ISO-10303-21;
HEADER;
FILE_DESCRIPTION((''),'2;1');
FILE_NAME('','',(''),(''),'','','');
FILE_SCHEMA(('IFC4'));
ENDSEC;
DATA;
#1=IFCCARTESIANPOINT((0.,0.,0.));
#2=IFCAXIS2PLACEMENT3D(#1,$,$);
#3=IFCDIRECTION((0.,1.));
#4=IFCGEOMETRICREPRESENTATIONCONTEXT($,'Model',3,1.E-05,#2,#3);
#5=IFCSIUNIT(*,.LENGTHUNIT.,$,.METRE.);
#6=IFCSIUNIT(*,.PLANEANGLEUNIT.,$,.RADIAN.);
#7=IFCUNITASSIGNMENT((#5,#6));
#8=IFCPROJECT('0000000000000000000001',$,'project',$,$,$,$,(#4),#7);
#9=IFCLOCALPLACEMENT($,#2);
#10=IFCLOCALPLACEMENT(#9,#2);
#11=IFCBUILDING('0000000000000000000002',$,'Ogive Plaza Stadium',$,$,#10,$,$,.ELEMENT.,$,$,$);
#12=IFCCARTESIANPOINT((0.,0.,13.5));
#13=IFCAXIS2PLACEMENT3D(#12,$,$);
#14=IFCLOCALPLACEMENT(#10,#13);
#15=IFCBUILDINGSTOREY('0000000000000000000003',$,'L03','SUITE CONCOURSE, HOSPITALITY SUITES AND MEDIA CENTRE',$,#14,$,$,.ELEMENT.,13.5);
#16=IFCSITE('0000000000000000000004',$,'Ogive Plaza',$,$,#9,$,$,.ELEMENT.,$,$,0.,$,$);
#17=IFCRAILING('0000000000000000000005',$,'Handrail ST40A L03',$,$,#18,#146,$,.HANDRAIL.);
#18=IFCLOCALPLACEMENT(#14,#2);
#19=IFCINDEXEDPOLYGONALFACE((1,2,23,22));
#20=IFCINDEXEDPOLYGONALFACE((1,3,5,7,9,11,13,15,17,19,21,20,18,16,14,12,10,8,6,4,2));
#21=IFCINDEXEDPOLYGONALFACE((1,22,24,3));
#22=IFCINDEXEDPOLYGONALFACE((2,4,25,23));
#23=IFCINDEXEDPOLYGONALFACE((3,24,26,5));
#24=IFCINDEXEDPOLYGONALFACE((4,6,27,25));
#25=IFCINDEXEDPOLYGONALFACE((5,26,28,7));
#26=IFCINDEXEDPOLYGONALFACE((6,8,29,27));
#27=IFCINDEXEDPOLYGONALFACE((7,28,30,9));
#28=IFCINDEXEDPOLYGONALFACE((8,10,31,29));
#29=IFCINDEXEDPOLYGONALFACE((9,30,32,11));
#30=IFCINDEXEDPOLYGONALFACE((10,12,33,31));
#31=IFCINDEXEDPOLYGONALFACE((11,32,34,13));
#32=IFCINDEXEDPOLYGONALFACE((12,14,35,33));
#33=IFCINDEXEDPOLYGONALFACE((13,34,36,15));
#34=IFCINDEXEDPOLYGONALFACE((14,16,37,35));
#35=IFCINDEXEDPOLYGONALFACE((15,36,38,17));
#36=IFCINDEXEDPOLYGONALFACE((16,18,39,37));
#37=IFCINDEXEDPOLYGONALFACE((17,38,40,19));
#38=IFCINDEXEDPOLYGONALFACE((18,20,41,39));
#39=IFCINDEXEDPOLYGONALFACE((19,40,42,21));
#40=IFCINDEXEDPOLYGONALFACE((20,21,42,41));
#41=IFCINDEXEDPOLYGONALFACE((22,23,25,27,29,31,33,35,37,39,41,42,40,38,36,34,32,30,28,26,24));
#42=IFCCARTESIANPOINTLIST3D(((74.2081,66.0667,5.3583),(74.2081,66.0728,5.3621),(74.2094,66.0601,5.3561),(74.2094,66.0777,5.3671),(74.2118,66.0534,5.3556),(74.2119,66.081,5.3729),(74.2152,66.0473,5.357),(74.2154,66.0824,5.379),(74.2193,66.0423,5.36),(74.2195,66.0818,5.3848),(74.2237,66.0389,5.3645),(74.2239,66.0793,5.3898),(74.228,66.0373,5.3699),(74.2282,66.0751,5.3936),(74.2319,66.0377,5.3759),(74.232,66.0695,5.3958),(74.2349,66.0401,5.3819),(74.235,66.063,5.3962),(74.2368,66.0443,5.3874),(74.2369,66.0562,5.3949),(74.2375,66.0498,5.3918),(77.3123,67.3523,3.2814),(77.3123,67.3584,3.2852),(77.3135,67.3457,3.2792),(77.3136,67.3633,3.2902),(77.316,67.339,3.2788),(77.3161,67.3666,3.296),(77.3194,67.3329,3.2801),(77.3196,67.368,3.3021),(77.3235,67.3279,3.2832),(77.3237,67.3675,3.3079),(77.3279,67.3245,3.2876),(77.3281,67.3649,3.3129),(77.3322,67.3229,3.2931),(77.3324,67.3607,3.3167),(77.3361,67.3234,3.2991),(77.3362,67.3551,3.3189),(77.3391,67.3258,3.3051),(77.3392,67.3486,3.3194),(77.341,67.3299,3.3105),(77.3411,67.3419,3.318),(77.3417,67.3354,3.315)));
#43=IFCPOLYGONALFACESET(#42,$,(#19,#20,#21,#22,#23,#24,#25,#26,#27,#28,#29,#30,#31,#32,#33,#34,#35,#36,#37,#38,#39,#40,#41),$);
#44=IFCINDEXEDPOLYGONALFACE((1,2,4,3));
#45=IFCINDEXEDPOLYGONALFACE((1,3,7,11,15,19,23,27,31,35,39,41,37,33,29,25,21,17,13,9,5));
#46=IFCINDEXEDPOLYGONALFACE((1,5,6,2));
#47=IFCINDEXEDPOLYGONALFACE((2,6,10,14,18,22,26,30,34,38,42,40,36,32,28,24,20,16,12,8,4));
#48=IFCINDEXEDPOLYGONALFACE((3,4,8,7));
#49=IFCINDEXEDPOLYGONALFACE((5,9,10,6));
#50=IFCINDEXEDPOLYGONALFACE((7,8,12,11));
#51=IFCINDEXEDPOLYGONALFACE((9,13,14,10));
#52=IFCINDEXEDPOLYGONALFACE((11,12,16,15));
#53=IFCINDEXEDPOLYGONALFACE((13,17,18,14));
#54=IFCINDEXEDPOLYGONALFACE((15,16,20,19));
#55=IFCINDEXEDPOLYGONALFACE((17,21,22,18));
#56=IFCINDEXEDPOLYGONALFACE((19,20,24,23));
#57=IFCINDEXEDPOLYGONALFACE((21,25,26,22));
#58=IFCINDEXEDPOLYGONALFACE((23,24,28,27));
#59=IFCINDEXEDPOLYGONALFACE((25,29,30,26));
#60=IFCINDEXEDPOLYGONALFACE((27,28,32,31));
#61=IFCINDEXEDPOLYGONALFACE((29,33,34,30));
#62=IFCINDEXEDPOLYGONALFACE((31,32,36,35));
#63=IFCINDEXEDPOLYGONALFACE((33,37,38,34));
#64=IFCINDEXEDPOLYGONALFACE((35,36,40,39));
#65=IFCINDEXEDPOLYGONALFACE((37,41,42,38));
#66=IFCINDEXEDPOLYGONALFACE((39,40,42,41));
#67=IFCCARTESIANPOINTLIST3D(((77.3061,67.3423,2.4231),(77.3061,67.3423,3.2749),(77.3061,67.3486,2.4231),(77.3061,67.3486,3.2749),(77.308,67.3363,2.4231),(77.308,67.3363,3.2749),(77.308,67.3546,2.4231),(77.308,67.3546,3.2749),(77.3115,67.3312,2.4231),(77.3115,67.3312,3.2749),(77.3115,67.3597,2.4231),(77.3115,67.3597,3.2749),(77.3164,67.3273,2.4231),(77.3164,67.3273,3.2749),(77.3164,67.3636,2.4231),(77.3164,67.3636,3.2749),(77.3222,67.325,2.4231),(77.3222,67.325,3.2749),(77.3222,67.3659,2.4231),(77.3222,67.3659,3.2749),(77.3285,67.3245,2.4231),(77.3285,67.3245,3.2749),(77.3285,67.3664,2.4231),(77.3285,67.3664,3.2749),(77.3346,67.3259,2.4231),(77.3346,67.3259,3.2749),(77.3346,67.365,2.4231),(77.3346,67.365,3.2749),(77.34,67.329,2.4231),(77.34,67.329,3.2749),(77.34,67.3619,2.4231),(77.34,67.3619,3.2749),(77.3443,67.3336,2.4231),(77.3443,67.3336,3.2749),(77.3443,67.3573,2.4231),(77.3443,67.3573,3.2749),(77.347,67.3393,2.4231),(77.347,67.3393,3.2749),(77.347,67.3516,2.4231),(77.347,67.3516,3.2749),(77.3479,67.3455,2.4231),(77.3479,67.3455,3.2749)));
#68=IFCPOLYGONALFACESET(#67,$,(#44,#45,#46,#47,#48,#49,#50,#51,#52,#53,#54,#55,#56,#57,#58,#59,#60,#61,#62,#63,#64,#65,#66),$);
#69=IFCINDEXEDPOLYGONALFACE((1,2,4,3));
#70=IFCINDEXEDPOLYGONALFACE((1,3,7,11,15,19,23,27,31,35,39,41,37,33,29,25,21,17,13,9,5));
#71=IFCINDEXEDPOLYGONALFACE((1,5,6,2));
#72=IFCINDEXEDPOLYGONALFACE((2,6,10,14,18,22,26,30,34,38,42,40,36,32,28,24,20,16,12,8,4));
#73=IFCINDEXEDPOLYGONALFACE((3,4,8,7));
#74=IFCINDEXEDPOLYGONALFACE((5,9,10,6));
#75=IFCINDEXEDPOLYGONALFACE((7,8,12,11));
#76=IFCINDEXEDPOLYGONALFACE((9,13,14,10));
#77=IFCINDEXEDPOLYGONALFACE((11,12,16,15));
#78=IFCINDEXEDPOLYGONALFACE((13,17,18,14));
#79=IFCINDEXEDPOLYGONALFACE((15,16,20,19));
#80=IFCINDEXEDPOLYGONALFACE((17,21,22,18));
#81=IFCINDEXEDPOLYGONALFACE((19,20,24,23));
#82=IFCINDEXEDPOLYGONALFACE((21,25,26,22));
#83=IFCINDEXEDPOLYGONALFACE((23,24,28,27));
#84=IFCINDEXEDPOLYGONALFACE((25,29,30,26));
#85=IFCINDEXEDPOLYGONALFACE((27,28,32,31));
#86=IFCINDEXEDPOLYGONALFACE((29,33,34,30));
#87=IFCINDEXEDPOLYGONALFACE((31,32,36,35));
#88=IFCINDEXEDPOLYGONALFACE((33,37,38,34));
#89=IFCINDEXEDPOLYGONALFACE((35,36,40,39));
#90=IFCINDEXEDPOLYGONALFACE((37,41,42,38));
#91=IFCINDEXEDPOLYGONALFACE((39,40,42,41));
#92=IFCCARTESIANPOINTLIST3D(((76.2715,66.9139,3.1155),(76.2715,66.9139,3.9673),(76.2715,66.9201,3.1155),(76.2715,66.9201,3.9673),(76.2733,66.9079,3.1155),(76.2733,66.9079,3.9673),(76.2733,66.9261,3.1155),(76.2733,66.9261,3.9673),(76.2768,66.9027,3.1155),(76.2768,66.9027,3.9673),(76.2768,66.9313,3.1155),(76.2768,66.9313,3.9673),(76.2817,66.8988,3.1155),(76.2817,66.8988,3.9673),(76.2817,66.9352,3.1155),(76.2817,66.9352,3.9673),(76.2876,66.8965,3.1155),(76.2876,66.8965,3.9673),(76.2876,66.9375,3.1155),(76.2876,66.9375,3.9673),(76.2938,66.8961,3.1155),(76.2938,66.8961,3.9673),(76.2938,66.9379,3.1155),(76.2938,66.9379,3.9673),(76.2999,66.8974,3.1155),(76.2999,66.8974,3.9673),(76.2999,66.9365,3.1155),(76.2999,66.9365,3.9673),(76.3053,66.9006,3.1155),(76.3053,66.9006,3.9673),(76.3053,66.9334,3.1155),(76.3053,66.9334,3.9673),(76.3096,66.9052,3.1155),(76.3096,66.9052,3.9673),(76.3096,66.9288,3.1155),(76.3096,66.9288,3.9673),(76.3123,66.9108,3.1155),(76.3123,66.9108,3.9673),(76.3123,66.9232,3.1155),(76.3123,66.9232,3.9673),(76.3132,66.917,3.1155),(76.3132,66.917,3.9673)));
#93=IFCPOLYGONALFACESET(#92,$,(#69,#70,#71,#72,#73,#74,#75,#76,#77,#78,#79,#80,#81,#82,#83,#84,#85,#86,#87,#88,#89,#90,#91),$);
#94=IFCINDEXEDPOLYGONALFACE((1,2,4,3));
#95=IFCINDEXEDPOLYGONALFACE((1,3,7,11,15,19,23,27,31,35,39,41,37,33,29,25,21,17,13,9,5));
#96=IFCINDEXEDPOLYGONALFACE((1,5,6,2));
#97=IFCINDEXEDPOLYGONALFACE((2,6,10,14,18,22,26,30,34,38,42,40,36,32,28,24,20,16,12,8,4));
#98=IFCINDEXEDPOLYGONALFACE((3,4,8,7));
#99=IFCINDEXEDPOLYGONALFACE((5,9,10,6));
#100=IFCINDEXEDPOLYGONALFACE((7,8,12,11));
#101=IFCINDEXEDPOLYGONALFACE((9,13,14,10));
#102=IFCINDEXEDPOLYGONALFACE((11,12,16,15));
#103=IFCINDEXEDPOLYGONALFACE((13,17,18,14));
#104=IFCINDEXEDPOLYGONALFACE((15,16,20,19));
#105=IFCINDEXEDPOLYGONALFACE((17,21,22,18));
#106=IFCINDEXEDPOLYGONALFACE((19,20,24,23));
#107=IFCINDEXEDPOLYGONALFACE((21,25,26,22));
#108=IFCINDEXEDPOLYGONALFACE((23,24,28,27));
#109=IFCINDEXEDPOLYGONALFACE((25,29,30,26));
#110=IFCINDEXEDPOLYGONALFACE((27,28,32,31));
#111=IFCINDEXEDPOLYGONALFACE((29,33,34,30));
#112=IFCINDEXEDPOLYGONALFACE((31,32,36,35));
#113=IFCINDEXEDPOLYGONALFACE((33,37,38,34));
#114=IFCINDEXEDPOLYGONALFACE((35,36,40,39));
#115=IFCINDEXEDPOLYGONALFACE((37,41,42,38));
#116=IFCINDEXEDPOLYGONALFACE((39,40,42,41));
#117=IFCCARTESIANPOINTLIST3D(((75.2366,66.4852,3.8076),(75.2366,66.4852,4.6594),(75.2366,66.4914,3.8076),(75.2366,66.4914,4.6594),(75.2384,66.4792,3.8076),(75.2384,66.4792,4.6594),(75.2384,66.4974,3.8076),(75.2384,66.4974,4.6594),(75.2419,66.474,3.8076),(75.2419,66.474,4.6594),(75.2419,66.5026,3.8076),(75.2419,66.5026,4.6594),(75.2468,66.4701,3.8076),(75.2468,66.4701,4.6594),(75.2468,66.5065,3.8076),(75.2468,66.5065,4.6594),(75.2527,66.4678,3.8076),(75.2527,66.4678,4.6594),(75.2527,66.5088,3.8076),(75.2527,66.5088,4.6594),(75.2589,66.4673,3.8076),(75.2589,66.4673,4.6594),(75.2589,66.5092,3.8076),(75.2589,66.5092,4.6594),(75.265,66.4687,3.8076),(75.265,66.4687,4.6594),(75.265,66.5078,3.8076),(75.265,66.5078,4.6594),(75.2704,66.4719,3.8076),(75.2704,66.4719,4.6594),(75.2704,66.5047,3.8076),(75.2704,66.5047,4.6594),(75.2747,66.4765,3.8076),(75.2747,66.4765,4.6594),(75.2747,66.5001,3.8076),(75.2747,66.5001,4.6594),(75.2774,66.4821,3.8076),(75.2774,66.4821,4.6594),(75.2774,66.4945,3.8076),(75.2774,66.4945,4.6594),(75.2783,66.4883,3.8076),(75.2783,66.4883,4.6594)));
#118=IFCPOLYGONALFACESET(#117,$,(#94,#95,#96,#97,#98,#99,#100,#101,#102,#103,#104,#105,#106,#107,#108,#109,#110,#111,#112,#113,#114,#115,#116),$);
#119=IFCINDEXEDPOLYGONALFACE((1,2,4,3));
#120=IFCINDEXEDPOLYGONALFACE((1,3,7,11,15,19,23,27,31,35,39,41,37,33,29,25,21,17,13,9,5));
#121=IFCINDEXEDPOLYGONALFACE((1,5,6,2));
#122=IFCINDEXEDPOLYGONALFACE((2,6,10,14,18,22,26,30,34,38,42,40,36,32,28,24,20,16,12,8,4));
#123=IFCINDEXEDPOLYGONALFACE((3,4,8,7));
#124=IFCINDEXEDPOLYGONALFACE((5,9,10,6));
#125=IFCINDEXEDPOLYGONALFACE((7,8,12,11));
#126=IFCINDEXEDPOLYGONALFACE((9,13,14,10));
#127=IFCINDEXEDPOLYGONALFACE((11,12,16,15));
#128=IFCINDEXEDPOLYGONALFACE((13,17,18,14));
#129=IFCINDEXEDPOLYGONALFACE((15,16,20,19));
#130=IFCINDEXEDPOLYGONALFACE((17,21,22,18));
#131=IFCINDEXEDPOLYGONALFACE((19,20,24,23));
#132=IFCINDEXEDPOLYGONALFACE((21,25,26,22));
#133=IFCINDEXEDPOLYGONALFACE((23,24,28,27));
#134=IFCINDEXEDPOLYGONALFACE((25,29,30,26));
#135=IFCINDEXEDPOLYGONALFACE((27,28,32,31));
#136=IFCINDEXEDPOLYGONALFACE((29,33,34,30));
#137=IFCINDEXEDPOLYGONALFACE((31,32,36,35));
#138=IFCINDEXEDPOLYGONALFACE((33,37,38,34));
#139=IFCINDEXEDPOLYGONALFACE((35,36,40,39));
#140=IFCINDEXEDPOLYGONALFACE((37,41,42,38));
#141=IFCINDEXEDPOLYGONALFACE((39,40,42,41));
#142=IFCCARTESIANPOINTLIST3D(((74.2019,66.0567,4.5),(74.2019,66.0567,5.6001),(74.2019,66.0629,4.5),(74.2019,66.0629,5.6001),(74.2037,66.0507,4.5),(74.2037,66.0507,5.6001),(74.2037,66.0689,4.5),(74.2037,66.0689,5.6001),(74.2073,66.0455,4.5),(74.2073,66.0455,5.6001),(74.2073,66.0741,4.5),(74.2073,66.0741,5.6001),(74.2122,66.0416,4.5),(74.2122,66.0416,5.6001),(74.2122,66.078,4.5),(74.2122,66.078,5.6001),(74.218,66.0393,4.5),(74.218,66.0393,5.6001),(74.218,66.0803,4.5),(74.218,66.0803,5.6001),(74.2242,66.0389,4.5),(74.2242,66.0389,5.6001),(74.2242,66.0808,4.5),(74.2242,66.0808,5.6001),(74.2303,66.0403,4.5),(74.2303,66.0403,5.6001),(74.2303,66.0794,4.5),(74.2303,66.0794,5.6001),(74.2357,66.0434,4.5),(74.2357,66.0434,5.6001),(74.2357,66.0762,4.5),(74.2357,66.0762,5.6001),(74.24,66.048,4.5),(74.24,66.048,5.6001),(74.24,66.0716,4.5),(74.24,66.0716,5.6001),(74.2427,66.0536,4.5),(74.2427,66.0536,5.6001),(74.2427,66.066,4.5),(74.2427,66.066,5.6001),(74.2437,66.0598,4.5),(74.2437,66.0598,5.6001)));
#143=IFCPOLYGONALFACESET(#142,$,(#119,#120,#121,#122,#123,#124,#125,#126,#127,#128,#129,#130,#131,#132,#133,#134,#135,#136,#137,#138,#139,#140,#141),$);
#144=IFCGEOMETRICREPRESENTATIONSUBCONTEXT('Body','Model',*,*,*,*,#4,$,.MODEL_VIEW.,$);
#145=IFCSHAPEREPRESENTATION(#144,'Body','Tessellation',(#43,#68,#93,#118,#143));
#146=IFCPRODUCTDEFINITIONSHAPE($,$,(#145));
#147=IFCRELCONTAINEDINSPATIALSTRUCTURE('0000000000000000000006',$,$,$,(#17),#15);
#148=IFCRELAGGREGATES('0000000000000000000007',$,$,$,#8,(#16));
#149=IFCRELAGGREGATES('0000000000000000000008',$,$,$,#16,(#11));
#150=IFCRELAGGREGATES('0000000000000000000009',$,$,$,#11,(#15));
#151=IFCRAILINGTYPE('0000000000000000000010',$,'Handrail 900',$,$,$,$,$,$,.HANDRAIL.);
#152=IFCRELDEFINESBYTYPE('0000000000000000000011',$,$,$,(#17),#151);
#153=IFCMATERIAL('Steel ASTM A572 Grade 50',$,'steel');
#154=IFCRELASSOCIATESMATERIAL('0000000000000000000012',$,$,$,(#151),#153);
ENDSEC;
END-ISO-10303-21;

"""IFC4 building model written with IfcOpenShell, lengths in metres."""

from ifc_helpers import new_model, si_unit, direction, frame, origin, origin_2d, place, context, subcontext, project, spatial, circle, extrude, material, type_object, element, save


model = new_model("IFC4")

# Units and contexts
model_context = context("Model", 3, precision=1e-05, world=origin(), true_north=direction((0.0, 1.0)))
body_context = subcontext(model_context, "Body", "Model", "MODEL_VIEW")
ifc_project = project(units=[si_unit("LENGTHUNIT", "METRE"), si_unit("PLANEANGLEUNIT", "RADIAN")], contexts=[model_context])

# Site, building, storey
site_placement = place(None, origin())
site = spatial("IfcSite", under=ifc_project, at=site_placement, Name="Ogive Plaza", CompositionType="ELEMENT", RefElevation=0.0)
building_placement = place(site_placement, origin())
building = spatial("IfcBuilding", under=site, at=building_placement, Name="Ogive Plaza Stadium", CompositionType="ELEMENT")
storey_placement = place(building_placement, frame((0.0, 0.0, 13.5)))
storey = spatial("IfcBuildingStorey", under=building, at=storey_placement, Name="L03", Description="SUITE CONCOURSE, HOSPITALITY SUITES AND MEDIA CENTRE", CompositionType="ELEMENT", Elevation=13.5)

# Railing
ifc_material_1 = material(Name="Steel ASTM A572 Grade 50", Category="steel")
railing_type_1 = type_object("IfcRailingType", Name="Handrail 900", PredefinedType="HANDRAIL", material=ifc_material_1)
railing_1_placement = place(storey_placement, frame((77.3269, 67.3455, 2.4231)))
element("IfcRailing", 1, at=railing_1_placement, inside=storey, type_object=railing_type_1, Name="Handrail ST40A L03", PredefinedType="HANDRAIL", context=body_context, shape_type="SweptSolid", body=[
    extrude(circle(Radius=0.0239, at=origin_2d()), frame((0.0, 0.0, 0.876), z_axis=(-0.785879, -0.325477, 0.525794), x_axis=(0.382638, -0.923898, 0.0)), (0.0, 0.0, 1.0), 3.95),
    extrude(circle(Radius=0.021, at=origin_2d()), origin(), (0.0, 0.0, 1.0), 0.8518),
    extrude(circle(Radius=0.021, at=origin_2d()), frame((-1.0347, -0.4285, 0.6924)), (0.0, 0.0, 1.0), 0.8518),
    extrude(circle(Radius=0.021, at=origin_2d()), frame((-2.0696, -0.8572, 1.3845)), (0.0, 0.0, 1.0), 0.8518),
    extrude(circle(Radius=0.021, at=origin_2d()), frame((-3.1042, -1.2856, 2.0769)), (0.0, 0.0, 1.0), 1.1001),
])

save(model, "model.ifc")
